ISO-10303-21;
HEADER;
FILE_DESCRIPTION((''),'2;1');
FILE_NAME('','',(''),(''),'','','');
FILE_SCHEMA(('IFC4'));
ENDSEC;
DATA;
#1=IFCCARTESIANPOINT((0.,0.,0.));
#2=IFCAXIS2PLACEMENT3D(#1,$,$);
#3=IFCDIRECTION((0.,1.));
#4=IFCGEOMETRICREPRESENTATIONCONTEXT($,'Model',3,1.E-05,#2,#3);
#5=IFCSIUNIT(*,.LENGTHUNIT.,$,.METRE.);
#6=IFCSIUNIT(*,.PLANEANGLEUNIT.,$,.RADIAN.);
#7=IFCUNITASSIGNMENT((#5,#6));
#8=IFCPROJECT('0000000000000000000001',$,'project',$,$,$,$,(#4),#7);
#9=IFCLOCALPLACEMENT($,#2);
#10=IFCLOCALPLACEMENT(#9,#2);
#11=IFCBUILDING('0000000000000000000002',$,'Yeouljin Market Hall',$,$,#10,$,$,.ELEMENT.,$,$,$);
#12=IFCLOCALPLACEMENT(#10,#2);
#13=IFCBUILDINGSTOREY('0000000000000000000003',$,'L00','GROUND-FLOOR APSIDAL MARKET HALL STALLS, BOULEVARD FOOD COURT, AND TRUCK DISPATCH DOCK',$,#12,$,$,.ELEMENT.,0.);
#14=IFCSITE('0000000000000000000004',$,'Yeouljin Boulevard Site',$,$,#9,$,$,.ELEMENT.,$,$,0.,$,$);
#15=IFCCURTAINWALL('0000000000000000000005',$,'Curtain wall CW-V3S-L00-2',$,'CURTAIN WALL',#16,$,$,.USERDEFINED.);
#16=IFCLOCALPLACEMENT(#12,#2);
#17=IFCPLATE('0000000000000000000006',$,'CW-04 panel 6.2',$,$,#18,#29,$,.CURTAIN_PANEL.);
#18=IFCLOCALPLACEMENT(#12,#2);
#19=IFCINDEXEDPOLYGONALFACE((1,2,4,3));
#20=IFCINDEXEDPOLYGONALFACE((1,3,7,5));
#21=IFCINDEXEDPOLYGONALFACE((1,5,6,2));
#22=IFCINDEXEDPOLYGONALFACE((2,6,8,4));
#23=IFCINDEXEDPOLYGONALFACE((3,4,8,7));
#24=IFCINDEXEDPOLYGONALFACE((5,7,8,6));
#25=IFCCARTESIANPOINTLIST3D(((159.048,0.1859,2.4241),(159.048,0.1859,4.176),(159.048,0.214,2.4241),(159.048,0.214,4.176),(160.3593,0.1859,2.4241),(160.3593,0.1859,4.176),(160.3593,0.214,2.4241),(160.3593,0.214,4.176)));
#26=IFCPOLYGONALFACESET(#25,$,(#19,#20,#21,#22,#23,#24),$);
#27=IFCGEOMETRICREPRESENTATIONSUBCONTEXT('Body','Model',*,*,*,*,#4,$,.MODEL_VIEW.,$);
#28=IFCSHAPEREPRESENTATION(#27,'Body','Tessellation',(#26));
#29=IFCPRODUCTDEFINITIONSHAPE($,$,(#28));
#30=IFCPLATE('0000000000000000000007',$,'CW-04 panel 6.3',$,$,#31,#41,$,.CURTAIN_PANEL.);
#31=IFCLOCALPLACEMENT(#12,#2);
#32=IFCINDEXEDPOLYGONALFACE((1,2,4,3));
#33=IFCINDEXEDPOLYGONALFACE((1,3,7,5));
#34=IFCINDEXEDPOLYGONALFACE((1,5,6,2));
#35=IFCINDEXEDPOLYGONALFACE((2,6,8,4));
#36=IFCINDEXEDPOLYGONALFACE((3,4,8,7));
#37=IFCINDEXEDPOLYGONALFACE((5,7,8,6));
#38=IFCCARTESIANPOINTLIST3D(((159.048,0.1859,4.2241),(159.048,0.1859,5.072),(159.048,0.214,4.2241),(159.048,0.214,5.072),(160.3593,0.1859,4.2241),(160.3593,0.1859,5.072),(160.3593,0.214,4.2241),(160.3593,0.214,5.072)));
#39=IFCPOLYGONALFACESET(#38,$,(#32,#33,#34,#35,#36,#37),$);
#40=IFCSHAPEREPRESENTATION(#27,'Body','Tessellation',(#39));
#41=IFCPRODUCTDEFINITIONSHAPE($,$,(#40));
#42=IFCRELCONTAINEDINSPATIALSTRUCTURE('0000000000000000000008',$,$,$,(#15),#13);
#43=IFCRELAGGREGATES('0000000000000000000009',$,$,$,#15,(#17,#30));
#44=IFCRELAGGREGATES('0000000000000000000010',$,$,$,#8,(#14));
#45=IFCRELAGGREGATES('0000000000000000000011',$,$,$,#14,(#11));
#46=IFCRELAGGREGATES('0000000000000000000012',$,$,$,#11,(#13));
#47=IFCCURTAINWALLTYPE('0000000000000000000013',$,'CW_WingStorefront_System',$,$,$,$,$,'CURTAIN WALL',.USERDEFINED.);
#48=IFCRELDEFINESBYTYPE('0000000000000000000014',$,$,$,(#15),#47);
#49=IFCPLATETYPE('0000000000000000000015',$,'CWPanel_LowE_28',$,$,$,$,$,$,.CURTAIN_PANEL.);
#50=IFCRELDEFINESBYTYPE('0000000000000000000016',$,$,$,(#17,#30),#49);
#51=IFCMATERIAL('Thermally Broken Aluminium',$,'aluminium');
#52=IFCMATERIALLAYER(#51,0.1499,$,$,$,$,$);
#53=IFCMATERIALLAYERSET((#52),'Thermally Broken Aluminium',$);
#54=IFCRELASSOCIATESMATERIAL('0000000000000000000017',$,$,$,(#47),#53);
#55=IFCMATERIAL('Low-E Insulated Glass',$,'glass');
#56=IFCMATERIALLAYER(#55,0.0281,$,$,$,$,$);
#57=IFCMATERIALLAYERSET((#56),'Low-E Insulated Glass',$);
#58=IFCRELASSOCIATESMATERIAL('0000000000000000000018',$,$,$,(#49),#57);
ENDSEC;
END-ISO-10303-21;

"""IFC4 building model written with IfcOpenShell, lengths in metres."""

from ifc_helpers import new_model, si_unit, direction, frame, origin, origin_2d, place, context, subcontext, project, spatial, rectangle, extrude, material, layer, layer_set, type_object, element, aggregate, save


model = new_model("IFC4")

# Units and contexts
model_context = context("Model", 3, precision=1e-05, world=origin(), true_north=direction((0.0, 1.0)))
body_context = subcontext(model_context, "Body", "Model", "MODEL_VIEW")
ifc_project = project(units=[si_unit("LENGTHUNIT", "METRE"), si_unit("PLANEANGLEUNIT", "RADIAN")], contexts=[model_context])

# Site, building, storey
site_placement = place(None, origin())
site = spatial("IfcSite", under=ifc_project, at=site_placement, Name="Yeouljin Boulevard Site", CompositionType="ELEMENT", RefElevation=0.0)
building_placement = place(site_placement, origin())
building = spatial("IfcBuilding", under=site, at=building_placement, Name="Yeouljin Market Hall", CompositionType="ELEMENT")
storey_placement = place(building_placement, origin())
storey = spatial("IfcBuildingStorey", under=building, at=storey_placement, Name="L00", Description="GROUND-FLOOR APSIDAL MARKET HALL STALLS, BOULEVARD FOOD COURT, AND TRUCK DISPATCH DOCK", CompositionType="ELEMENT", Elevation=0.0)

# Curtain wall, plates
ifc_material_1 = material(Name="Thermally Broken Aluminium", Category="aluminium")
ifc_layer_1 = layer(ifc_material_1, 0.1499)
ifc_layer_set_1 = layer_set([ifc_layer_1], Name="Thermally Broken Aluminium")
curtain_wall_type = type_object("IfcCurtainWallType", Name="CW_WingStorefront_System", ElementType="CURTAIN WALL", PredefinedType="USERDEFINED", material=ifc_layer_set_1)
curtain_wall_placement = place(storey_placement, origin())
curtain_wall = element("IfcCurtainWall", 1, at=curtain_wall_placement, inside=storey, type_object=curtain_wall_type, Name="Curtain wall CW-V3S-L00-2", ObjectType="CURTAIN WALL", PredefinedType="USERDEFINED")
ifc_material_2 = material(Name="Low-E Insulated Glass", Category="glass")
ifc_layer_2 = layer(ifc_material_2, 0.0281)
ifc_layer_set_2 = layer_set([ifc_layer_2], Name="Low-E Insulated Glass")
plate_type = type_object("IfcPlateType", Name="CWPanel_LowE_28", PredefinedType="CURTAIN_PANEL", material=ifc_layer_set_2)
plate_1_placement = place(storey_placement, frame((159.7036, 0.2, 2.4241), z_axis=(0.0, 0.0, 1.0), x_axis=(-1.0, 0.0, 0.0)))
plate_1 = element("IfcPlate", 2, at=plate_1_placement, type_object=plate_type, Name="CW-04 panel 6.2", PredefinedType="CURTAIN_PANEL", context=body_context, shape_type="SweptSolid", body=[
    extrude(rectangle(XDim=1.3113, YDim=0.0281, at=origin_2d()), origin(), (0.0, 0.0, 1.0), 1.752),
])
plate_2_placement = place(storey_placement, frame((159.7036, 0.2, 4.2241), z_axis=(0.0, 0.0, 1.0), x_axis=(-1.0, 0.0, 0.0)))
plate_2 = element("IfcPlate", 3, at=plate_2_placement, type_object=plate_type, Name="CW-04 panel 6.3", PredefinedType="CURTAIN_PANEL", context=body_context, shape_type="SweptSolid", body=[
    extrude(rectangle(XDim=1.3113, YDim=0.0281, at=origin_2d()), origin(), (0.0, 0.0, 1.0), 0.8479),
])
aggregate(curtain_wall, [plate_1, plate_2])

save(model, "model.ifc")
